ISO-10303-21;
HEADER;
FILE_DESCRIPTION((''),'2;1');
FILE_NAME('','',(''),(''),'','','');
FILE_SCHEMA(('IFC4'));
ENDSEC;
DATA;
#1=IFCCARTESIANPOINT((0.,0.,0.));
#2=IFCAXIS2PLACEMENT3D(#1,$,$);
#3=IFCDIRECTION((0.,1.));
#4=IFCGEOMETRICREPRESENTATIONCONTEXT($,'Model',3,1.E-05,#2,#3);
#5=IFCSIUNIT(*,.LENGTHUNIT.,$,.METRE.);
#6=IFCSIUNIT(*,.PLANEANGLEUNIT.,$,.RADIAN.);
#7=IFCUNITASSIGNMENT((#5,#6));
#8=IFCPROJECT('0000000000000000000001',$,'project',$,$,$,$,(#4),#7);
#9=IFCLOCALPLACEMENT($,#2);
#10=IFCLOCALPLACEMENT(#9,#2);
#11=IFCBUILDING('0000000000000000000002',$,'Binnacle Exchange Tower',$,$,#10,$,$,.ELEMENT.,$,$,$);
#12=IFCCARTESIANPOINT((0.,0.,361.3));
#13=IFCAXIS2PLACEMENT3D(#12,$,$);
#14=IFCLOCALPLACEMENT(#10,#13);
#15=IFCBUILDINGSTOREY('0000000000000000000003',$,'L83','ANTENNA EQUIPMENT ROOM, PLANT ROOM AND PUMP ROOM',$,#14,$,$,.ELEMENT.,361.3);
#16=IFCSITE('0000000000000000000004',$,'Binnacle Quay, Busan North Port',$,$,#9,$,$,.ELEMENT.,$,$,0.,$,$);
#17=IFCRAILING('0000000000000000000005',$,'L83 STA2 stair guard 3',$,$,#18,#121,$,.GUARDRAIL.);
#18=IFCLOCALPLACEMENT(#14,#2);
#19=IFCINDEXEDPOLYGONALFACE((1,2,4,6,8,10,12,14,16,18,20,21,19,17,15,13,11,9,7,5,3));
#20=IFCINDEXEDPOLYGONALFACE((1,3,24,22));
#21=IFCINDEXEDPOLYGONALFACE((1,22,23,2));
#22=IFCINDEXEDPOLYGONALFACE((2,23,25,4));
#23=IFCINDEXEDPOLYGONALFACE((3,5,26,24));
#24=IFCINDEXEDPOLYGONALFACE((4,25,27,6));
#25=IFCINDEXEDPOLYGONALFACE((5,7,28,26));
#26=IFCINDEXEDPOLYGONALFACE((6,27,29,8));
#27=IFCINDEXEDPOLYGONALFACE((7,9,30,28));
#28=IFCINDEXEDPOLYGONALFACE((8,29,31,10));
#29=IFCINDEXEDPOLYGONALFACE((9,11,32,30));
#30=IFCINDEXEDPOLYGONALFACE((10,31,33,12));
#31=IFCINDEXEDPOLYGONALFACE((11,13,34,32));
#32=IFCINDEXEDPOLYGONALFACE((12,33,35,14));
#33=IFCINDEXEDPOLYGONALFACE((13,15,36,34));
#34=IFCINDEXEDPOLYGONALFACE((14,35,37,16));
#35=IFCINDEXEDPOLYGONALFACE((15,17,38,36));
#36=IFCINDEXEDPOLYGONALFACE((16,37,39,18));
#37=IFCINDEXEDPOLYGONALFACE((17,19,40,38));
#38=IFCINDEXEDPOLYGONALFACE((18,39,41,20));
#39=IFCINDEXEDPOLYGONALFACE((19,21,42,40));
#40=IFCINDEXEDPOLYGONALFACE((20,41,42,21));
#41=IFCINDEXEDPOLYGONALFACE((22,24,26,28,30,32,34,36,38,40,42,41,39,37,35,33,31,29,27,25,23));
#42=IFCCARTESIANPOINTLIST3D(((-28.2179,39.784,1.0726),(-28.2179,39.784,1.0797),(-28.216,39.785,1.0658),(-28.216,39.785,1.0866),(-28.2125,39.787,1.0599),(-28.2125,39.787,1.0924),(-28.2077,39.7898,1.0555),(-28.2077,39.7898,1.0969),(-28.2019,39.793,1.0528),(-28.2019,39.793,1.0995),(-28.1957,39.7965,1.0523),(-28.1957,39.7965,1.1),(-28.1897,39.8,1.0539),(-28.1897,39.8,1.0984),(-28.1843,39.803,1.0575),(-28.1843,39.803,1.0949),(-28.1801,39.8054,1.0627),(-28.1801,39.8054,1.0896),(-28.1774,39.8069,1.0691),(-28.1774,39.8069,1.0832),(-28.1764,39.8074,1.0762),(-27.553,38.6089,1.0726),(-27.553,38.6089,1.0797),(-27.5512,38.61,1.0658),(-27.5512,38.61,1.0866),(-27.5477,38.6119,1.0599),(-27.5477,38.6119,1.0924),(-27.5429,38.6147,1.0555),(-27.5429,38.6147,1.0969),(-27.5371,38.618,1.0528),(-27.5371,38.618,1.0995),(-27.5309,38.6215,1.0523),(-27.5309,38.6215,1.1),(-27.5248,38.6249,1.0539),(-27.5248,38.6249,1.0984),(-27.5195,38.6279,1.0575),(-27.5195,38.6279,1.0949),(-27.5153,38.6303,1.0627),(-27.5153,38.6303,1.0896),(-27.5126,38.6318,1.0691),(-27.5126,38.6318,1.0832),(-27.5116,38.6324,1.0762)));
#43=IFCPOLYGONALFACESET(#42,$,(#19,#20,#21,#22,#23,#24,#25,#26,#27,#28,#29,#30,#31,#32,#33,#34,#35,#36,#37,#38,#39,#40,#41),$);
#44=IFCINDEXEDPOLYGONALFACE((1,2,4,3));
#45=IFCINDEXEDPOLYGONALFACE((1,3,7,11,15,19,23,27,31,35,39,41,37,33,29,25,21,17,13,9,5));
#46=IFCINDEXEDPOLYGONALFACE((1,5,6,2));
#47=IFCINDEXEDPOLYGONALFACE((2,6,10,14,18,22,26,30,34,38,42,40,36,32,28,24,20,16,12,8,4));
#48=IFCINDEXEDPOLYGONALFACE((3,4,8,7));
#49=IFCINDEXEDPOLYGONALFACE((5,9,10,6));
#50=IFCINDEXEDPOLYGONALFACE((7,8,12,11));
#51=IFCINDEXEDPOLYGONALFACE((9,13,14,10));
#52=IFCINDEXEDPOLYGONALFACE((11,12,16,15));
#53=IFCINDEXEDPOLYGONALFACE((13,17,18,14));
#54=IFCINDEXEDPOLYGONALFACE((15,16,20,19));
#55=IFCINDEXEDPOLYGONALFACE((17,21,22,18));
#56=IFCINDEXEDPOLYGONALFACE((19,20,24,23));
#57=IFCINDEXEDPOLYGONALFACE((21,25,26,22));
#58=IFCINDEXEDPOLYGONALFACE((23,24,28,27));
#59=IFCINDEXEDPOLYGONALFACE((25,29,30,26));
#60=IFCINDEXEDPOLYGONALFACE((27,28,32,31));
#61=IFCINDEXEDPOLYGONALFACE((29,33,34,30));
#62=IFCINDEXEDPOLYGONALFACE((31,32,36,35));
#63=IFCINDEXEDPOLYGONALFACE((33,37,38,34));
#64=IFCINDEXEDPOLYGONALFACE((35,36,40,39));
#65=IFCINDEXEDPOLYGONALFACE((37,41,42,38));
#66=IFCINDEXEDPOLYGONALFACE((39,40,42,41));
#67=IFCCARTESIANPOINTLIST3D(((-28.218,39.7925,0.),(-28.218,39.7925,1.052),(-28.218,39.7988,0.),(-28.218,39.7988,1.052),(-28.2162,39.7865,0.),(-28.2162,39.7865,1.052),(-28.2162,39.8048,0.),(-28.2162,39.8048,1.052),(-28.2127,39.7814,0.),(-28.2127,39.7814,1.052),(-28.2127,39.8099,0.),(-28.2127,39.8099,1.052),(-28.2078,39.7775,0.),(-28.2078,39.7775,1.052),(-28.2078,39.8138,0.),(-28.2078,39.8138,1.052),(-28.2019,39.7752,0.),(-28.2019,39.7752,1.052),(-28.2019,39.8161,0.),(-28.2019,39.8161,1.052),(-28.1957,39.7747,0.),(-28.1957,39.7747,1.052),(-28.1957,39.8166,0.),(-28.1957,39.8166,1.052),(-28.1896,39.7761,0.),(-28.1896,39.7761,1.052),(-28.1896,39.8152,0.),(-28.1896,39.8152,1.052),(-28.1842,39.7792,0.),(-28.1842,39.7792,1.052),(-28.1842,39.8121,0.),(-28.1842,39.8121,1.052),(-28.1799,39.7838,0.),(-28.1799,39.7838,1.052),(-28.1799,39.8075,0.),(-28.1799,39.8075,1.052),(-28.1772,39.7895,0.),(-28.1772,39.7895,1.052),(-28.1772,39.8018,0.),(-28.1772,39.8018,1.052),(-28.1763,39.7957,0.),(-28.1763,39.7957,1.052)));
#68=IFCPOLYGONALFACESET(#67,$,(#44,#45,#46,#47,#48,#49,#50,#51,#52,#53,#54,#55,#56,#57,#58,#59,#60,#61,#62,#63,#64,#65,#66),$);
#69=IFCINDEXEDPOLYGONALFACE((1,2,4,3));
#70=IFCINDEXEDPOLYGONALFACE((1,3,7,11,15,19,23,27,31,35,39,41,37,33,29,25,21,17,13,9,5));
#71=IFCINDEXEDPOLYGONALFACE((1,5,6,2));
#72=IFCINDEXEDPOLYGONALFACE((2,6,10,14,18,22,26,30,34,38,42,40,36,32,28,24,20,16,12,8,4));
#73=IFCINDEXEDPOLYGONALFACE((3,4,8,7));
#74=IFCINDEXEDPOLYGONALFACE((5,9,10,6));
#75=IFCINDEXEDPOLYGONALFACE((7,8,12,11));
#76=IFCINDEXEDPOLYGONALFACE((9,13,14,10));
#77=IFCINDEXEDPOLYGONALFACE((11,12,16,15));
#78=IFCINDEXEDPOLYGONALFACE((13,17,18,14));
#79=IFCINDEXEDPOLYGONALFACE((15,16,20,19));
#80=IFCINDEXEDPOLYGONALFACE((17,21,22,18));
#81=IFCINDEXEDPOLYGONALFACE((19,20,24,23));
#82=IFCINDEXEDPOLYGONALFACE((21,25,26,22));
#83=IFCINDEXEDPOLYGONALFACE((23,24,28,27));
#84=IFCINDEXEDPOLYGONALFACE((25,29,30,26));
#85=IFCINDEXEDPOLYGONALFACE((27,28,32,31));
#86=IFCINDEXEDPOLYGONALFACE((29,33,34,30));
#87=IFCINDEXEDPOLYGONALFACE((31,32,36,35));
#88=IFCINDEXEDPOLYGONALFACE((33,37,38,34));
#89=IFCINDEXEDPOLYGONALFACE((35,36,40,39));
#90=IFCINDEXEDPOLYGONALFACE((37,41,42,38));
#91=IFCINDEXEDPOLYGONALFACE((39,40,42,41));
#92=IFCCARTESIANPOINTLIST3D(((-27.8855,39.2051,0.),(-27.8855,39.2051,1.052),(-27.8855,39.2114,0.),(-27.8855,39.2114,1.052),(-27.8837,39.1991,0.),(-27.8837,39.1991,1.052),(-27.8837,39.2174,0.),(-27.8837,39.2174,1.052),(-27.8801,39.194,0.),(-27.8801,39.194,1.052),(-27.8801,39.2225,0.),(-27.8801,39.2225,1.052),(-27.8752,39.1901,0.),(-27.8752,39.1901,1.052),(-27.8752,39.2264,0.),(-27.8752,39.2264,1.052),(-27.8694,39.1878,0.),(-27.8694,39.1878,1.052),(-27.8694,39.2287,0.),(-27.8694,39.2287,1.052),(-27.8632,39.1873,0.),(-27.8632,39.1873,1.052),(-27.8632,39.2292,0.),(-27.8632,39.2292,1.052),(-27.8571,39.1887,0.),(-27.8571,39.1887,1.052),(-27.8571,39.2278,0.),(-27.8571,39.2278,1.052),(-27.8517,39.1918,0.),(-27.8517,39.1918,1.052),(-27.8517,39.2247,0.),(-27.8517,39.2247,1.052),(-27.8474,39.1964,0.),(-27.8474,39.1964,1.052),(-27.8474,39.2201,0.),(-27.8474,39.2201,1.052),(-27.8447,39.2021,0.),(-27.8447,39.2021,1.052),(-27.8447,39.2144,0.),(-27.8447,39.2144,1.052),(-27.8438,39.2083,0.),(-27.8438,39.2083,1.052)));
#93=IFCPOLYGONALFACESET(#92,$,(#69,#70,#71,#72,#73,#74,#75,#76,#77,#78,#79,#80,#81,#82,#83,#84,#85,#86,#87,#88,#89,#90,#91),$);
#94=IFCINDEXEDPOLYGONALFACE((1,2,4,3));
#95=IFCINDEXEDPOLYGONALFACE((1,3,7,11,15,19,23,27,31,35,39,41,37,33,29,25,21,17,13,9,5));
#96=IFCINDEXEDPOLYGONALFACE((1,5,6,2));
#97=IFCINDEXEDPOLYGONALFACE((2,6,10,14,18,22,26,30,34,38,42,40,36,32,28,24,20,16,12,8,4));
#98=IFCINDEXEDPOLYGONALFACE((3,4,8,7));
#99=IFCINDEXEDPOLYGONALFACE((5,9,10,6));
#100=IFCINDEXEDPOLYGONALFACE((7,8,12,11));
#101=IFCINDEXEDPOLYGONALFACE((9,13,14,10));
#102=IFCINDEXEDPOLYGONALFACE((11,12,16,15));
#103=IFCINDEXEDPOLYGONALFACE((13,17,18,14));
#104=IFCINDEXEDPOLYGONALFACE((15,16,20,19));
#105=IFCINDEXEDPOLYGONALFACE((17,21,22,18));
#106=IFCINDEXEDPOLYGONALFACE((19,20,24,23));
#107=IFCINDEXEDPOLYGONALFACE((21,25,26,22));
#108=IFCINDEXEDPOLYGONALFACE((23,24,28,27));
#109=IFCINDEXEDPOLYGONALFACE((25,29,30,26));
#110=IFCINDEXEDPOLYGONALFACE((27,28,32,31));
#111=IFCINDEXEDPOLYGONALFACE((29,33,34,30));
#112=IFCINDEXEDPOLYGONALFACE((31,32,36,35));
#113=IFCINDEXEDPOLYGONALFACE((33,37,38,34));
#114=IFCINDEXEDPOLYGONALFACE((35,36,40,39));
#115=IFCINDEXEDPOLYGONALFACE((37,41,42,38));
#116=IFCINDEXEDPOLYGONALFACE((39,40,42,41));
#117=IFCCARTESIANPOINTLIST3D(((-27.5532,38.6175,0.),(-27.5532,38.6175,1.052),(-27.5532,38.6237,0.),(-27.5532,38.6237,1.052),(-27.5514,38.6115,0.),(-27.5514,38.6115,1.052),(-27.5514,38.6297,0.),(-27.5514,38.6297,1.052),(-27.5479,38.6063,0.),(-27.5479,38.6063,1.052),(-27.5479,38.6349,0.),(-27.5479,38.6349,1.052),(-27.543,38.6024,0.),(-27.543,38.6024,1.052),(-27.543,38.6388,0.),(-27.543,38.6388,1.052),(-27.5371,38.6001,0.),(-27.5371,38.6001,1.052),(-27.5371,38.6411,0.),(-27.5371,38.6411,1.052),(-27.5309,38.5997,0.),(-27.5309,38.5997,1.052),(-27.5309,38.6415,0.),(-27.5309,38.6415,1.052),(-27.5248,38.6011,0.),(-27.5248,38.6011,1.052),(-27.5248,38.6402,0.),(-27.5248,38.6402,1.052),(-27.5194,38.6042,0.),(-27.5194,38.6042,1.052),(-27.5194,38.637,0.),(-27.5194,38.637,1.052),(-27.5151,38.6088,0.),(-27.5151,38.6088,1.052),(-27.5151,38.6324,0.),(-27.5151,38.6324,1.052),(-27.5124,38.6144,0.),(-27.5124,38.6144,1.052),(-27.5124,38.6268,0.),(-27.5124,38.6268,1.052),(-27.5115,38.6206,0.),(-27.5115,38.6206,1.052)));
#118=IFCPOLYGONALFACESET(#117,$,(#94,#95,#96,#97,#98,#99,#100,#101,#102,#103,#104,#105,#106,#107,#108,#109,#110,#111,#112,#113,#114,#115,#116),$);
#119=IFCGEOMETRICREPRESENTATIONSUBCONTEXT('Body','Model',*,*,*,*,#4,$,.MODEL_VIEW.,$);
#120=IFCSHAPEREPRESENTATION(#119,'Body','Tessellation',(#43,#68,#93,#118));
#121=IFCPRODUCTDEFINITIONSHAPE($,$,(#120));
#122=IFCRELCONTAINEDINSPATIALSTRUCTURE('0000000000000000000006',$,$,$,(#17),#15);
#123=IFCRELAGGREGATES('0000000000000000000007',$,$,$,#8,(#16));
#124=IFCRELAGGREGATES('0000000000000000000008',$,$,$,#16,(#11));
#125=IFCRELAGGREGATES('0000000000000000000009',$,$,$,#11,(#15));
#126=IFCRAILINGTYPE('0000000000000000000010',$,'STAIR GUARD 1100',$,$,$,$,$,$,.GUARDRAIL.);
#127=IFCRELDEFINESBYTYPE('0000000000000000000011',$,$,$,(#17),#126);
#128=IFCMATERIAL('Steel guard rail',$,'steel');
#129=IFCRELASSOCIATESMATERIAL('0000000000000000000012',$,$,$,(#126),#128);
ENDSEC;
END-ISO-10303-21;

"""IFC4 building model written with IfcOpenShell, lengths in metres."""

from ifc_helpers import new_model, si_unit, direction, frame, origin, origin_2d, place, context, subcontext, project, spatial, circle, extrude, material, type_object, element, save


model = new_model("IFC4")

# Units and contexts
model_context = context("Model", 3, precision=1e-05, world=origin(), true_north=direction((0.0, 1.0)))
body_context = subcontext(model_context, "Body", "Model", "MODEL_VIEW")
ifc_project = project(units=[si_unit("LENGTHUNIT", "METRE"), si_unit("PLANEANGLEUNIT", "RADIAN")], contexts=[model_context])

# Site, building, storey
site_placement = place(None, origin())
site = spatial("IfcSite", under=ifc_project, at=site_placement, Name="Binnacle Quay, Busan North Port", CompositionType="ELEMENT", RefElevation=0.0)
building_placement = place(site_placement, origin())
building = spatial("IfcBuilding", under=site, at=building_placement, Name="Binnacle Exchange Tower", CompositionType="ELEMENT")
storey_placement = place(building_placement, frame((0.0, 0.0, 361.3)))
storey = spatial("IfcBuildingStorey", under=building, at=storey_placement, Name="L83", Description="ANTENNA EQUIPMENT ROOM, PLANT ROOM AND PUMP ROOM", CompositionType="ELEMENT", Elevation=361.3)

# Railing
ifc_material_1 = material(Name="Steel guard rail", Category="steel")
railing_type_1 = type_object("IfcRailingType", Name="STAIR GUARD 1100", PredefinedType="GUARDRAIL", material=ifc_material_1)
railing_1_placement = place(storey_placement, frame((-28.1973, 39.7957, 0.0)))
element("IfcRailing", 1, at=railing_1_placement, inside=storey, type_object=railing_type_1, Name="L83 STA2 stair guard 3", PredefinedType="GUARDRAIL", context=body_context, shape_type="SweptSolid", body=[
    extrude(circle(Radius=0.0239, at=origin_2d()), frame((0.0, 0.0, 1.0762), z_axis=(0.492415, -0.870361, 0.0), x_axis=(0.870361, 0.492415, 0.0)), (0.0, 0.0, 1.0), 1.3501),
    extrude(circle(Radius=0.021, at=origin_2d()), origin(), (0.0, 0.0, 1.0), 1.052),
    extrude(circle(Radius=0.021, at=origin_2d()), frame((0.3325, -0.5874, 0.0)), (0.0, 0.0, 1.0), 1.052),
    extrude(circle(Radius=0.021, at=origin_2d()), frame((0.6648, -1.175, 0.0)), (0.0, 0.0, 1.0), 1.052),
])

save(model, "model.ifc")
